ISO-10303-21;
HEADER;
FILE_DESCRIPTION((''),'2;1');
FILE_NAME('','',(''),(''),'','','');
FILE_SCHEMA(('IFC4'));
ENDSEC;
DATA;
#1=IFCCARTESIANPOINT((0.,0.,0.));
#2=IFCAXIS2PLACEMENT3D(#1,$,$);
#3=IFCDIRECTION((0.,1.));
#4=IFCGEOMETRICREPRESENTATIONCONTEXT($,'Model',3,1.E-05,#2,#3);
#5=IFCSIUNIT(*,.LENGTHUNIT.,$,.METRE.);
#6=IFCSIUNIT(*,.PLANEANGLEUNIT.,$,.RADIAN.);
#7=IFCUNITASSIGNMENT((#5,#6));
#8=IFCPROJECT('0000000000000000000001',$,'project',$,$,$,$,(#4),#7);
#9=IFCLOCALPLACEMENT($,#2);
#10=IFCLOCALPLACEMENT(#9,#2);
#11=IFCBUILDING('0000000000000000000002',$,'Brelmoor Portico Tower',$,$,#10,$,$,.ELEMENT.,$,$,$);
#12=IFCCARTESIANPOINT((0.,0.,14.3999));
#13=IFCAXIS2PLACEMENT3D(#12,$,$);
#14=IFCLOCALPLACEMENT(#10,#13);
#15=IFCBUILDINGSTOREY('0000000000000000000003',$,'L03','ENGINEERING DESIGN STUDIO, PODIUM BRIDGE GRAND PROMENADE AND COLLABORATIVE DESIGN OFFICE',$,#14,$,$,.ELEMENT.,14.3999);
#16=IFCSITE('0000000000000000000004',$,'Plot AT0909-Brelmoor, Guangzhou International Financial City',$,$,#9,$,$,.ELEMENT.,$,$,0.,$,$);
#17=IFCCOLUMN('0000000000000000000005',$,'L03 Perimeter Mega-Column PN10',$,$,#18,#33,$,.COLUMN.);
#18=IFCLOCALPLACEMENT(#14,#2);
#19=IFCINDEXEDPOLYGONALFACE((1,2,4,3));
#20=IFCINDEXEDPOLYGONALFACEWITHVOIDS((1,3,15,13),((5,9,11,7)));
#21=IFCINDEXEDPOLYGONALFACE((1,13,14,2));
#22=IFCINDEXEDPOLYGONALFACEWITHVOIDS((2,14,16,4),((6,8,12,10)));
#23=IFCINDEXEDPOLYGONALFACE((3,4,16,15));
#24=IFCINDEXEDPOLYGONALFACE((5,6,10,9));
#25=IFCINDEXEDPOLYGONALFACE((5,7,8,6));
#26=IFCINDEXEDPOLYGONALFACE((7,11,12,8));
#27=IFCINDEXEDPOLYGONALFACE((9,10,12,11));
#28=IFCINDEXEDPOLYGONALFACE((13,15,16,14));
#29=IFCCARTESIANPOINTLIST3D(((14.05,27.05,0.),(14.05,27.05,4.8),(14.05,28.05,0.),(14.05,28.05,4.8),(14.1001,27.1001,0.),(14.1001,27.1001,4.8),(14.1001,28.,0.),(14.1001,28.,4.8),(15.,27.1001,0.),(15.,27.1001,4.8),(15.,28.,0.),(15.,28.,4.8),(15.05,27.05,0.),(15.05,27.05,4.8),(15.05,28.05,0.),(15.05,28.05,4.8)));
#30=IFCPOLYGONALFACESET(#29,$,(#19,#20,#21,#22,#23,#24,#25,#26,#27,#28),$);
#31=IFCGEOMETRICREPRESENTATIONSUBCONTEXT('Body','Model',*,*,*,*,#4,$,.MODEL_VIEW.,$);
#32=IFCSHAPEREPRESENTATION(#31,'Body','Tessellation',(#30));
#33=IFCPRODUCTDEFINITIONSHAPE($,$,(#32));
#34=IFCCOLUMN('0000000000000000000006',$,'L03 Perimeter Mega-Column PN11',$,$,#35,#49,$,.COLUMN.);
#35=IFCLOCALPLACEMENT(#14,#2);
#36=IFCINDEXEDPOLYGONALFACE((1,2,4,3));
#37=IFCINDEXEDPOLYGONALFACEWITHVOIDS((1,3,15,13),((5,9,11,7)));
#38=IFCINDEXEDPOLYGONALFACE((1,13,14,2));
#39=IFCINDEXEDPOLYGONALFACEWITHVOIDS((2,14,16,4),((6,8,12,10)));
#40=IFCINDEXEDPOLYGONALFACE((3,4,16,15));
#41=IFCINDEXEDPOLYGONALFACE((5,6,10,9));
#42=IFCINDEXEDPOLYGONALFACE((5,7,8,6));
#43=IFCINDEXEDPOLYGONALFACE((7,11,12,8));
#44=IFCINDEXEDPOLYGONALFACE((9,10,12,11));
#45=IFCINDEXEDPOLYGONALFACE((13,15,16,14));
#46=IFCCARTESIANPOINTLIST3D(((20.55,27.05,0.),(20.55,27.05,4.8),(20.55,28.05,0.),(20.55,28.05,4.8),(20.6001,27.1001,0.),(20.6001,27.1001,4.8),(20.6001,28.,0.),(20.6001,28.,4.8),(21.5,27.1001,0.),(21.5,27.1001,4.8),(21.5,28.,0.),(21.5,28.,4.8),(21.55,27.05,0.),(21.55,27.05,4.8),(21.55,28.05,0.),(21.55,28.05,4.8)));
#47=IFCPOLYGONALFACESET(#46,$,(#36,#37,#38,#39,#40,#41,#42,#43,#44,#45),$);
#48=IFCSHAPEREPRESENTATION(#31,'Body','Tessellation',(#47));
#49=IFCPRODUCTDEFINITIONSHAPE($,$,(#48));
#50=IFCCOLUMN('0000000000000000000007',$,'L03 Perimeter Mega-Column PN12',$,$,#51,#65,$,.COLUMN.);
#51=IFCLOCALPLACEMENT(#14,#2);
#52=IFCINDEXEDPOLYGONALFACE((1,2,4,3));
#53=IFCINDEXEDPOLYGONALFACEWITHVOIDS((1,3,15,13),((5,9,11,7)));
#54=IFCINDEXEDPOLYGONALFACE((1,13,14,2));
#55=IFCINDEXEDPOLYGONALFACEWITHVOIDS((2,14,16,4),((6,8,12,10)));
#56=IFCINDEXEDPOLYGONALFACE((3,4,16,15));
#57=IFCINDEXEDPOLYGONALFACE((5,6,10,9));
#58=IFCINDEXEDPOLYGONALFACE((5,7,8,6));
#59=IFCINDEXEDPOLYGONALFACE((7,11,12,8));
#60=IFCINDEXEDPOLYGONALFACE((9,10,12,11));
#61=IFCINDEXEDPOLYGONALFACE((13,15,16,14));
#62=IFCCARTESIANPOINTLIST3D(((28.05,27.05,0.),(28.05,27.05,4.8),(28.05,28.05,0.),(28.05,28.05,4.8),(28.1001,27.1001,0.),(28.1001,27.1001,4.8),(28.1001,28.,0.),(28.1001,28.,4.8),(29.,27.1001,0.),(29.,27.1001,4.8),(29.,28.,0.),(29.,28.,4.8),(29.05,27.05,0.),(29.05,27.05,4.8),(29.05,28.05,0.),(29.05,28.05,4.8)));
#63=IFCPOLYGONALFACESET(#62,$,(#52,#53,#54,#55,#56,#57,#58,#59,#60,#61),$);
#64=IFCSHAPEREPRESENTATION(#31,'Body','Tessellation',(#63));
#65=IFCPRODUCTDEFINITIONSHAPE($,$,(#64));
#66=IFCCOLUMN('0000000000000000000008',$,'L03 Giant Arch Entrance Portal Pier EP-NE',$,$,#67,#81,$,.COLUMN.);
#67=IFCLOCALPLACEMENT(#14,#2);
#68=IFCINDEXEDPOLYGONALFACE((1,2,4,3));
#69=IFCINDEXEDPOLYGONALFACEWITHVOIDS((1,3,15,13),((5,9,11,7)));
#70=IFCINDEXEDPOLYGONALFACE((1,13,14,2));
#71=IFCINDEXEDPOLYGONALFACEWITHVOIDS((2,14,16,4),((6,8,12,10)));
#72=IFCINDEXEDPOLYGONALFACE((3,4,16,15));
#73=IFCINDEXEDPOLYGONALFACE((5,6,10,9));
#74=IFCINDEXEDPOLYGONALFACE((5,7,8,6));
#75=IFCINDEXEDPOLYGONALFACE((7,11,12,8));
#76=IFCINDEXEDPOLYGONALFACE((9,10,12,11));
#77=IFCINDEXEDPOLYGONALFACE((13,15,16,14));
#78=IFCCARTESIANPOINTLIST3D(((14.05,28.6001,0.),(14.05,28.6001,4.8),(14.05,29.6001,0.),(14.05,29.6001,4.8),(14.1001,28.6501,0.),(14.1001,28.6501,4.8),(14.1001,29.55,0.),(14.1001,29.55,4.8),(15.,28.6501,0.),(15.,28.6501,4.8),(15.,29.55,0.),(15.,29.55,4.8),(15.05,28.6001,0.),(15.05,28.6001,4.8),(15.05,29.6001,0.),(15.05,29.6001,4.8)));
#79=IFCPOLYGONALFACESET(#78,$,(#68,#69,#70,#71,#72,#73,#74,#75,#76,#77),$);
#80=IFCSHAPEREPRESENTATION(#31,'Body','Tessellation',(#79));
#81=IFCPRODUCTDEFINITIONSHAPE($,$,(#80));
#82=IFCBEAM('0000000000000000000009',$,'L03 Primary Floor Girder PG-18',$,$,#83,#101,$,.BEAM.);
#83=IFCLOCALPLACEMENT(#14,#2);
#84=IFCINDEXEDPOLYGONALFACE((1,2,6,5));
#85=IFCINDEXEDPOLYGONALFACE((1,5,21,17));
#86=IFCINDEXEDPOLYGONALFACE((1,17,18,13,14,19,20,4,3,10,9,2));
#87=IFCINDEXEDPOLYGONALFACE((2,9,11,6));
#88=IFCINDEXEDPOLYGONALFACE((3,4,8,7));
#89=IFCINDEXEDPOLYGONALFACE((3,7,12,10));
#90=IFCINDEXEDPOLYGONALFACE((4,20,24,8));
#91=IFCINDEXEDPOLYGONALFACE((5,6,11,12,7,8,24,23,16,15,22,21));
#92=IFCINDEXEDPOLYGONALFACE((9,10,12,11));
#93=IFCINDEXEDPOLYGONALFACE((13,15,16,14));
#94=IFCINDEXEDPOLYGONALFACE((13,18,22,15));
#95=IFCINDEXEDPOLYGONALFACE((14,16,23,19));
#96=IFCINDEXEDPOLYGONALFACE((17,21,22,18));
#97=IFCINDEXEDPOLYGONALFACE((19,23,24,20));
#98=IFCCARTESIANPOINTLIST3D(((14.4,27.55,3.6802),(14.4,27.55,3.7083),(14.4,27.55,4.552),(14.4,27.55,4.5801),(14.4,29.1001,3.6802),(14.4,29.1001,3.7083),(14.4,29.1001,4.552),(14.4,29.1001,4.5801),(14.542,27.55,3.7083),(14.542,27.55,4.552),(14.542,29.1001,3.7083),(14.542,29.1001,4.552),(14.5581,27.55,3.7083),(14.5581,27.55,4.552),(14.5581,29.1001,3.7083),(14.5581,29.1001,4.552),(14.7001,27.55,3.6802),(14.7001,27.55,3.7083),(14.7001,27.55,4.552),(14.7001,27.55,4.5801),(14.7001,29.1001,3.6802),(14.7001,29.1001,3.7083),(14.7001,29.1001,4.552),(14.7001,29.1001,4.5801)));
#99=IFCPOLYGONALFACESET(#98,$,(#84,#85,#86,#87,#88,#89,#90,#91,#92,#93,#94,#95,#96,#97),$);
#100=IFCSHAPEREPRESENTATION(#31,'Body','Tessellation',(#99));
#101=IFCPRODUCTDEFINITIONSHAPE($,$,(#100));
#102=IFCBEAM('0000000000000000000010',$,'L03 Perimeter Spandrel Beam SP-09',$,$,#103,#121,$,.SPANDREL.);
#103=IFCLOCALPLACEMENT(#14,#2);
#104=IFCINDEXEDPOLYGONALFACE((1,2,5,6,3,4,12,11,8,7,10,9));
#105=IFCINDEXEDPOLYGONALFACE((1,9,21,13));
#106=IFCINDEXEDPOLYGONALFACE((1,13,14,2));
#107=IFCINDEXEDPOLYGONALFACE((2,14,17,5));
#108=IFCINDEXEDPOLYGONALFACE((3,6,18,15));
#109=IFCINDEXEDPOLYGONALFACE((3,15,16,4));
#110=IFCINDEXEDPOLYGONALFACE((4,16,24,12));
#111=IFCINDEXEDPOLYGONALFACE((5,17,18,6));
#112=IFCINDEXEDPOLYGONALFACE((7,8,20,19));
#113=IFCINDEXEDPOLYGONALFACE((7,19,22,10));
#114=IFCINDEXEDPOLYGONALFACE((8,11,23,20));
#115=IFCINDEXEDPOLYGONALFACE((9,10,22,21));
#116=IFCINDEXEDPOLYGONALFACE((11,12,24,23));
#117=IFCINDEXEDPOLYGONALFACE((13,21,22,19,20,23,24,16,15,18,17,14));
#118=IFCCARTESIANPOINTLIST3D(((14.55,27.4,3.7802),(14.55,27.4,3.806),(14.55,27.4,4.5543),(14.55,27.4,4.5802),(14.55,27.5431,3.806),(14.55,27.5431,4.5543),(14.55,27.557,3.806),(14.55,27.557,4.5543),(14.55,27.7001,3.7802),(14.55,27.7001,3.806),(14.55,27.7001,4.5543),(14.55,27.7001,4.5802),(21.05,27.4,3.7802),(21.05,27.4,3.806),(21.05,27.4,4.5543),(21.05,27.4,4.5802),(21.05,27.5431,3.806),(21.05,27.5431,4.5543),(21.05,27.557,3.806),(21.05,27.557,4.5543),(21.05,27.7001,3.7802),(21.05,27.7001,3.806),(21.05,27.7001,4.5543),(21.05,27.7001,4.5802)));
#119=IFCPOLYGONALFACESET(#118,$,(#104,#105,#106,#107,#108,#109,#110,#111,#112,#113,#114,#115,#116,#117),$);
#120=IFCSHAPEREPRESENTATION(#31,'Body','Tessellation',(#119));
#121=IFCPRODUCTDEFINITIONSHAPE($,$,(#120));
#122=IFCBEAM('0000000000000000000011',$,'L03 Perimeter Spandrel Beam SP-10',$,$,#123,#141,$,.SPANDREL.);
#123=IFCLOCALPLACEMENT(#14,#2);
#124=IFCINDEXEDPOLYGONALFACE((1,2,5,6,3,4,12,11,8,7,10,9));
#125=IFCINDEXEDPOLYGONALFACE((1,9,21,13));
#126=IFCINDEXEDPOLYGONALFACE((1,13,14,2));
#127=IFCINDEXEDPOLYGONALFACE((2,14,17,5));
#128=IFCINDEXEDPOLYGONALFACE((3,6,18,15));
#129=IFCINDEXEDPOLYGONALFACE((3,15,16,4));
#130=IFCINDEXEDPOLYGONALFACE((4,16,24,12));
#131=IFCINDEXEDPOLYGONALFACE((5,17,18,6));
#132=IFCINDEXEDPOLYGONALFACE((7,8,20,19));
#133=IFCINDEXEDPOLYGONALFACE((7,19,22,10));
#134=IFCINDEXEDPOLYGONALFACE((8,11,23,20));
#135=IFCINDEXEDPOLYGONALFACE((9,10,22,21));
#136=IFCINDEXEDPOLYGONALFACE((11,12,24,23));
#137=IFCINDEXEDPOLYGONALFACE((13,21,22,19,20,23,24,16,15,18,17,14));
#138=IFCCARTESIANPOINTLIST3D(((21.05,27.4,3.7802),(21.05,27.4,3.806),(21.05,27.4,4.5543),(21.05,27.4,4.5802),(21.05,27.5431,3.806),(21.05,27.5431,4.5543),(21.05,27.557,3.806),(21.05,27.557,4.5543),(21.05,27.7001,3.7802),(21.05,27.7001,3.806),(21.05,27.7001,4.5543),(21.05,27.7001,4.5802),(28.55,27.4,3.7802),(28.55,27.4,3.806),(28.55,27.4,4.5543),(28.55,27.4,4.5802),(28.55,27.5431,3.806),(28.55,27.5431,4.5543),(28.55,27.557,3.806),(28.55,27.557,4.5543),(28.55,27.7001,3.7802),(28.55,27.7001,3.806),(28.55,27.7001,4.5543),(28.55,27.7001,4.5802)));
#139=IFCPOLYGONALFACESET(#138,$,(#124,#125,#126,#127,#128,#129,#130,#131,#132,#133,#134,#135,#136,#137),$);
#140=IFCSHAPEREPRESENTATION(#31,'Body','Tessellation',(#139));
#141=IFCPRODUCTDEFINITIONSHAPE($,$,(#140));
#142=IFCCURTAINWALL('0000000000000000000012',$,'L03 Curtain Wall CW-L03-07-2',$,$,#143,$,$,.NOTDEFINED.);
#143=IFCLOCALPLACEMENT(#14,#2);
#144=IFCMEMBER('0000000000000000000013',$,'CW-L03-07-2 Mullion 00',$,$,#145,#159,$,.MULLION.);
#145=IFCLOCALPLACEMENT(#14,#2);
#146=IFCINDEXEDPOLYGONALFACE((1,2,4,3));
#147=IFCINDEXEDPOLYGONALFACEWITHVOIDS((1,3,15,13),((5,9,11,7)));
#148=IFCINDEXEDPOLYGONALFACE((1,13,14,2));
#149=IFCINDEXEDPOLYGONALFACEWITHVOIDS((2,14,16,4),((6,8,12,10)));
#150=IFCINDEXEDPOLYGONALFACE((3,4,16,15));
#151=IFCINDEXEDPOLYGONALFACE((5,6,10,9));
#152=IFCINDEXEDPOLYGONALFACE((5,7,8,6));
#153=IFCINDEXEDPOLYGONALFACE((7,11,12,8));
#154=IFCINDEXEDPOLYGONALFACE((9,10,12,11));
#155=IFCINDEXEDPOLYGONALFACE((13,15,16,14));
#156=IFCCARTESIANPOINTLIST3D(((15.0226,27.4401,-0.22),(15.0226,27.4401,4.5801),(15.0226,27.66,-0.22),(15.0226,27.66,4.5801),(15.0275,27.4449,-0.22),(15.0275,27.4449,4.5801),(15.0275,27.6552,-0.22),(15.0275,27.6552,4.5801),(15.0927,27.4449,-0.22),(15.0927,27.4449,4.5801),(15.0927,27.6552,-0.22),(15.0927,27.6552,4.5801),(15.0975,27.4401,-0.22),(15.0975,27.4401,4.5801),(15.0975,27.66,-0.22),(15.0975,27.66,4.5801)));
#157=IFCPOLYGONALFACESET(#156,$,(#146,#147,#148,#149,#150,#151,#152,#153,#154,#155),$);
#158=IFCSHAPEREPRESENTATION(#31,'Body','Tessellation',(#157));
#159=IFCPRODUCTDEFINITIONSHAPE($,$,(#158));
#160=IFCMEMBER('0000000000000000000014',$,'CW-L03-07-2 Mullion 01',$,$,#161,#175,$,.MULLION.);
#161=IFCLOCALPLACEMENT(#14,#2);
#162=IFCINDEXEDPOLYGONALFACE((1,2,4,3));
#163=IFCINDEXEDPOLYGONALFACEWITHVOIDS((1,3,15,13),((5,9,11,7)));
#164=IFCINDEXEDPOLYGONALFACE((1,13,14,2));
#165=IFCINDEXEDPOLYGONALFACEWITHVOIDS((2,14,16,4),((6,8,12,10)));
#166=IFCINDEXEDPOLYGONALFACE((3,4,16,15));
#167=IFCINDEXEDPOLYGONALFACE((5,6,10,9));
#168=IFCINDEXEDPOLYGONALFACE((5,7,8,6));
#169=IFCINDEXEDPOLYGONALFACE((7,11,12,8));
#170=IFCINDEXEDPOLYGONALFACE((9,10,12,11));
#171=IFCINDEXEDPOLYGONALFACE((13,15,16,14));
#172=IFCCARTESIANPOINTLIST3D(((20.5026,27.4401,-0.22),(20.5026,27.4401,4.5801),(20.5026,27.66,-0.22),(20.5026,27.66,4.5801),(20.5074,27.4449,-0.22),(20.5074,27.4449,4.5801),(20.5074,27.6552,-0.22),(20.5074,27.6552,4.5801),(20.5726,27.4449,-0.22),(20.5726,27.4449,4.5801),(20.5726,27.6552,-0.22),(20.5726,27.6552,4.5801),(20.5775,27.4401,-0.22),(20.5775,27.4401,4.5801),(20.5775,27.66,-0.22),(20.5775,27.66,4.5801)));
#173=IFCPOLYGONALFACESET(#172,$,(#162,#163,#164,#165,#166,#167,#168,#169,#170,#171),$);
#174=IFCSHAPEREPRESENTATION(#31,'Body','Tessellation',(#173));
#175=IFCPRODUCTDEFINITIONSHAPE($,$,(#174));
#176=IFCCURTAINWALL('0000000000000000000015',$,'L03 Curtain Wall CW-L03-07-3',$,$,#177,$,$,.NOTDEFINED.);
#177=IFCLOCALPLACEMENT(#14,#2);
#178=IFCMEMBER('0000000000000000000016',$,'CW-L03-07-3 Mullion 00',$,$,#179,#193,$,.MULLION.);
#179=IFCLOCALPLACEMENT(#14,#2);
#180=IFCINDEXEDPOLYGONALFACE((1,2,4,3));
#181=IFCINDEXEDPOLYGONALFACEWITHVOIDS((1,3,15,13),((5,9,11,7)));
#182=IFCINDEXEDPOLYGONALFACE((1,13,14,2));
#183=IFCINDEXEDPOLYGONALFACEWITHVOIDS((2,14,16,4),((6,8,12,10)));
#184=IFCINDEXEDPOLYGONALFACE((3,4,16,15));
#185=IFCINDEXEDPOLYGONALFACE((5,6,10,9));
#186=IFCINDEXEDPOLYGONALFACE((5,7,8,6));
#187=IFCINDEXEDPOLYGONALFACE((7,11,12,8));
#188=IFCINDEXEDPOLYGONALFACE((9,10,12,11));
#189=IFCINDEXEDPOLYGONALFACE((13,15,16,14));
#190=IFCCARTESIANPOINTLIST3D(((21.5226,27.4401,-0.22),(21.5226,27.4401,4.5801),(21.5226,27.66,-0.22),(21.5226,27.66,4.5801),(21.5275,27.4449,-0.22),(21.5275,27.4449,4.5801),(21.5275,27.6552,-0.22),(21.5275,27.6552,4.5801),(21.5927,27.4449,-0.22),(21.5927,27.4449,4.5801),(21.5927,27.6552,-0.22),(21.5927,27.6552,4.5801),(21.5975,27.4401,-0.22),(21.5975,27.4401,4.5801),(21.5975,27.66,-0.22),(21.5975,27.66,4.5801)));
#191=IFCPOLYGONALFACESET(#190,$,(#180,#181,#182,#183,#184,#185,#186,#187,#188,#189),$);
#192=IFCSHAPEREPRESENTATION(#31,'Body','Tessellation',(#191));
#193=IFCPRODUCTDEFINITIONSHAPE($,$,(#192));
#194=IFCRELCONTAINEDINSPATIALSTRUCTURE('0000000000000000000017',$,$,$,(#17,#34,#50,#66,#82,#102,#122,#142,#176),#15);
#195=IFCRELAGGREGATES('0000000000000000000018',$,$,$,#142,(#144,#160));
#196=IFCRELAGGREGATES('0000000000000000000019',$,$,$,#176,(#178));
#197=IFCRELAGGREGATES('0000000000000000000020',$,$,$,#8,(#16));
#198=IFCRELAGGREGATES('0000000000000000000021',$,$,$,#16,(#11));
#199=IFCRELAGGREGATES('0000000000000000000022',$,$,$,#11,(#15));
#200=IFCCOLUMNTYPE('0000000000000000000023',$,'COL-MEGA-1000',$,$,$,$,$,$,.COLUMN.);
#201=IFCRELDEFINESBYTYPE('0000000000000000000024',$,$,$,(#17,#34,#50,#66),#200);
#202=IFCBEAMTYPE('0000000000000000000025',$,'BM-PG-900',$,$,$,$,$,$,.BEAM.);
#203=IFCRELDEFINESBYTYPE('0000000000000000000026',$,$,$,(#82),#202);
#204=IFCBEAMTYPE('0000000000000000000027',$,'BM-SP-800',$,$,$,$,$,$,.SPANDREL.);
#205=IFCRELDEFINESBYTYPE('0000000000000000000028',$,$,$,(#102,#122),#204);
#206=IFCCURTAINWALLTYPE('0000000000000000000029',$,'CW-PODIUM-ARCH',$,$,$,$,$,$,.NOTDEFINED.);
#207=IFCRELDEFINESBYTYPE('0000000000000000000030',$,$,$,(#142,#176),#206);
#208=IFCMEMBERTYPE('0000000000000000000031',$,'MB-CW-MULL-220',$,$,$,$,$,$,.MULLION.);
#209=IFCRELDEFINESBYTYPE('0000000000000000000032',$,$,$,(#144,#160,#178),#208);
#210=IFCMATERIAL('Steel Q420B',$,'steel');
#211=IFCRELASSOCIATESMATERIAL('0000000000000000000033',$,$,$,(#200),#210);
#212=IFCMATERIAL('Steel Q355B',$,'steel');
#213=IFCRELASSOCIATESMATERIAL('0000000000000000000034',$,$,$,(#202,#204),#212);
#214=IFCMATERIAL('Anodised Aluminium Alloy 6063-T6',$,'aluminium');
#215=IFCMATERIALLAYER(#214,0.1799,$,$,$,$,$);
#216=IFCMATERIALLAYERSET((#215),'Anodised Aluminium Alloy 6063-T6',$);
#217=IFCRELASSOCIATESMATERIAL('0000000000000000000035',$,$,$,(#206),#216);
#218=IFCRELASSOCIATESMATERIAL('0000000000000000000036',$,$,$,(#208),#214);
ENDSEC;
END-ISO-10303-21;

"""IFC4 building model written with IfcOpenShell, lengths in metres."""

from ifc_helpers import new_model, si_unit, direction, frame, origin, origin_2d, place, context, subcontext, project, spatial, hollow_rectangle, i_section, extrude, material, layer, layer_set, material_profile, profile_set, type_object, element, aggregate, save


model = new_model("IFC4")

# Units and contexts
model_context = context("Model", 3, precision=1e-05, world=origin(), true_north=direction((0.0, 1.0)))
body_context = subcontext(model_context, "Body", "Model", "MODEL_VIEW")
ifc_project = project(units=[si_unit("LENGTHUNIT", "METRE"), si_unit("PLANEANGLEUNIT", "RADIAN")], contexts=[model_context])

# Site, building, storey
site_placement = place(None, origin())
site = spatial("IfcSite", under=ifc_project, at=site_placement, Name="Plot AT0909-Brelmoor, Guangzhou International Financial City", CompositionType="ELEMENT", RefElevation=0.0)
building_placement = place(site_placement, origin())
building = spatial("IfcBuilding", under=site, at=building_placement, Name="Brelmoor Portico Tower", CompositionType="ELEMENT")
storey_placement = place(building_placement, frame((0.0, 0.0, 14.3999)))
storey = spatial("IfcBuildingStorey", under=building, at=storey_placement, Name="L03", Description="ENGINEERING DESIGN STUDIO, PODIUM BRIDGE GRAND PROMENADE AND COLLABORATIVE DESIGN OFFICE", CompositionType="ELEMENT", Elevation=14.3999)

# Columns
ifc_material_1 = material(Name="Steel Q420B", Category="steel")
ifc_material_profile_1 = material_profile(ifc_material_1, hollow_rectangle(XDim=1.0, YDim=1.0, WallThickness=0.05, at=origin_2d()), Name="BOX 1000x1000x50")
ifc_profile_set_1 = profile_set([ifc_material_profile_1], Name="Steel Q420B")
column_type = type_object("IfcColumnType", Name="COL-MEGA-1000", PredefinedType="COLUMN", material=ifc_profile_set_1)
for number, where, z_axis, x_axis, name in (
    (1, (14.55, 27.55, 0.0), (0.0, 0.0, 1.0), (1.0, 0.0, 0.0), "L03 Perimeter Mega-Column PN10"),
    (2, (21.05, 27.55, 0.0), (0.0, 0.0, 1.0), (1.0, 0.0, 0.0), "L03 Perimeter Mega-Column PN11"),
    (3, (28.55, 27.55, 0.0), (0.0, 0.0, 1.0), (1.0, 0.0, 0.0), "L03 Perimeter Mega-Column PN12"),
    (4, (14.55, 29.1001, 0.0), (0.0, 0.0, 1.0), (1.0, 0.0, 0.0), "L03 Giant Arch Entrance Portal Pier EP-NE"),
):
    element("IfcColumn", number, at=place(storey_placement, frame(where, z_axis=z_axis, x_axis=x_axis)), inside=storey, type_object=column_type, Name=name, PredefinedType="COLUMN", context=body_context, shape_type="SweptSolid", body=[
        extrude(hollow_rectangle(XDim=1.0, YDim=1.0, WallThickness=0.05, at=origin_2d()), origin(), (0.0, 0.0, 1.0), 4.8),
    ])

# Beams
ifc_material_2 = material(Name="Steel Q355B", Category="steel")
ifc_material_profile_2 = material_profile(ifc_material_2, i_section(OverallWidth=0.3, OverallDepth=0.8999, WebThickness=0.0161, FlangeThickness=0.0281, at=origin_2d()), Name="HN 900x300x16x28")
ifc_profile_set_2 = profile_set([ifc_material_profile_2], Name="Steel Q355B")
beam_type_1 = type_object("IfcBeamType", Name="BM-PG-900", PredefinedType="BEAM", material=ifc_profile_set_2)
beam_1_placement = place(storey_placement, frame((14.55, 27.55, 4.1301), z_axis=(0.0, 1.0, 0.0), x_axis=(-1.0, 0.0, 0.0)))
element("IfcBeam", 5, at=beam_1_placement, inside=storey, type_object=beam_type_1, Name="L03 Primary Floor Girder PG-18", PredefinedType="BEAM", context=body_context, shape_type="SweptSolid", body=[
    extrude(i_section(OverallWidth=0.3, OverallDepth=0.8999, WebThickness=0.0161, FlangeThickness=0.0281, at=origin_2d()), origin(), (0.0, 0.0, 1.0), 1.55),
])
ifc_material_profile_3 = material_profile(ifc_material_2, i_section(OverallWidth=0.3, OverallDepth=0.8, WebThickness=0.0139, FlangeThickness=0.0259, at=origin_2d()), Name="HN 800x300x14x26")
ifc_profile_set_3 = profile_set([ifc_material_profile_3], Name="Steel Q355B")
beam_type_2 = type_object("IfcBeamType", Name="BM-SP-800", PredefinedType="SPANDREL", material=ifc_profile_set_3)
beam_2_placement = place(storey_placement, frame((14.55, 27.55, 4.1802), z_axis=(1.0, 0.0, 0.0), x_axis=(0.0, 1.0, 0.0)))
element("IfcBeam", 6, at=beam_2_placement, inside=storey, type_object=beam_type_2, Name="L03 Perimeter Spandrel Beam SP-09", PredefinedType="SPANDREL", context=body_context, shape_type="SweptSolid", body=[
    extrude(i_section(OverallWidth=0.3, OverallDepth=0.8, WebThickness=0.0139, FlangeThickness=0.0259, at=origin_2d()), origin(), (0.0, 0.0, 1.0), 6.5),
])
beam_3_placement = place(storey_placement, frame((21.05, 27.55, 4.1802), z_axis=(1.0, 0.0, 0.0), x_axis=(0.0, 1.0, 0.0)))
element("IfcBeam", 7, at=beam_3_placement, inside=storey, type_object=beam_type_2, Name="L03 Perimeter Spandrel Beam SP-10", PredefinedType="SPANDREL", context=body_context, shape_type="SweptSolid", body=[
    extrude(i_section(OverallWidth=0.3, OverallDepth=0.8, WebThickness=0.0139, FlangeThickness=0.0259, at=origin_2d()), origin(), (0.0, 0.0, 1.0), 7.5),
])

# Curtain walls, members
ifc_material_3 = material(Name="Anodised Aluminium Alloy 6063-T6", Category="aluminium")
ifc_layer_1 = layer(ifc_material_3, 0.1799)
ifc_layer_set_1 = layer_set([ifc_layer_1], Name="Anodised Aluminium Alloy 6063-T6")
curtain_wall_type = type_object("IfcCurtainWallType", Name="CW-PODIUM-ARCH", PredefinedType="NOTDEFINED", material=ifc_layer_set_1)
curtain_wall_1_placement = place(storey_placement, origin())
curtain_wall_1 = element("IfcCurtainWall", 8, at=curtain_wall_1_placement, inside=storey, type_object=curtain_wall_type, Name="L03 Curtain Wall CW-L03-07-2", PredefinedType="NOTDEFINED")
ifc_material_profile_4 = material_profile(ifc_material_3, hollow_rectangle(XDim=0.075, YDim=0.22, WallThickness=0.0049, at=origin_2d()), Name="ALU MULLION 75x220")
ifc_profile_set_4 = profile_set([ifc_material_profile_4], Name="Anodised Aluminium Alloy 6063-T6")
member_type_1 = type_object("IfcMemberType", Name="MB-CW-MULL-220", PredefinedType="MULLION", material=ifc_profile_set_4)
member_1_placement = place(storey_placement, frame((15.0601, 27.55, -0.22), z_axis=(0.0, 0.0, 1.0), x_axis=(1.0, 0.0, 0.0)))
member_1 = element("IfcMember", 9, at=member_1_placement, type_object=member_type_1, Name="CW-L03-07-2 Mullion 00", PredefinedType="MULLION", context=body_context, shape_type="SweptSolid", body=[
    extrude(hollow_rectangle(XDim=0.075, YDim=0.22, WallThickness=0.0049, at=origin_2d()), origin(), (0.0, 0.0, 1.0), 4.8),
])
member_2_placement = place(storey_placement, frame((20.54, 27.55, -0.22), z_axis=(0.0, 0.0, 1.0), x_axis=(1.0, 0.0, 0.0)))
member_2 = element("IfcMember", 10, at=member_2_placement, type_object=member_type_1, Name="CW-L03-07-2 Mullion 01", PredefinedType="MULLION", context=body_context, shape_type="SweptSolid", body=[
    extrude(hollow_rectangle(XDim=0.075, YDim=0.22, WallThickness=0.0049, at=origin_2d()), origin(), (0.0, 0.0, 1.0), 4.8),
])
curtain_wall_2_placement = place(storey_placement, origin())
curtain_wall_2 = element("IfcCurtainWall", 11, at=curtain_wall_2_placement, inside=storey, type_object=curtain_wall_type, Name="L03 Curtain Wall CW-L03-07-3", PredefinedType="NOTDEFINED")
member_3_placement = place(storey_placement, frame((21.5601, 27.55, -0.22), z_axis=(0.0, 0.0, 1.0), x_axis=(1.0, 0.0, 0.0)))
member_3 = element("IfcMember", 12, at=member_3_placement, type_object=member_type_1, Name="CW-L03-07-3 Mullion 00", PredefinedType="MULLION", context=body_context, shape_type="SweptSolid", body=[
    extrude(hollow_rectangle(XDim=0.075, YDim=0.22, WallThickness=0.0049, at=origin_2d()), origin(), (0.0, 0.0, 1.0), 4.8),
])

aggregate(curtain_wall_1, [member_1, member_2])
aggregate(curtain_wall_2, [member_3])

save(model, "model.ifc")
